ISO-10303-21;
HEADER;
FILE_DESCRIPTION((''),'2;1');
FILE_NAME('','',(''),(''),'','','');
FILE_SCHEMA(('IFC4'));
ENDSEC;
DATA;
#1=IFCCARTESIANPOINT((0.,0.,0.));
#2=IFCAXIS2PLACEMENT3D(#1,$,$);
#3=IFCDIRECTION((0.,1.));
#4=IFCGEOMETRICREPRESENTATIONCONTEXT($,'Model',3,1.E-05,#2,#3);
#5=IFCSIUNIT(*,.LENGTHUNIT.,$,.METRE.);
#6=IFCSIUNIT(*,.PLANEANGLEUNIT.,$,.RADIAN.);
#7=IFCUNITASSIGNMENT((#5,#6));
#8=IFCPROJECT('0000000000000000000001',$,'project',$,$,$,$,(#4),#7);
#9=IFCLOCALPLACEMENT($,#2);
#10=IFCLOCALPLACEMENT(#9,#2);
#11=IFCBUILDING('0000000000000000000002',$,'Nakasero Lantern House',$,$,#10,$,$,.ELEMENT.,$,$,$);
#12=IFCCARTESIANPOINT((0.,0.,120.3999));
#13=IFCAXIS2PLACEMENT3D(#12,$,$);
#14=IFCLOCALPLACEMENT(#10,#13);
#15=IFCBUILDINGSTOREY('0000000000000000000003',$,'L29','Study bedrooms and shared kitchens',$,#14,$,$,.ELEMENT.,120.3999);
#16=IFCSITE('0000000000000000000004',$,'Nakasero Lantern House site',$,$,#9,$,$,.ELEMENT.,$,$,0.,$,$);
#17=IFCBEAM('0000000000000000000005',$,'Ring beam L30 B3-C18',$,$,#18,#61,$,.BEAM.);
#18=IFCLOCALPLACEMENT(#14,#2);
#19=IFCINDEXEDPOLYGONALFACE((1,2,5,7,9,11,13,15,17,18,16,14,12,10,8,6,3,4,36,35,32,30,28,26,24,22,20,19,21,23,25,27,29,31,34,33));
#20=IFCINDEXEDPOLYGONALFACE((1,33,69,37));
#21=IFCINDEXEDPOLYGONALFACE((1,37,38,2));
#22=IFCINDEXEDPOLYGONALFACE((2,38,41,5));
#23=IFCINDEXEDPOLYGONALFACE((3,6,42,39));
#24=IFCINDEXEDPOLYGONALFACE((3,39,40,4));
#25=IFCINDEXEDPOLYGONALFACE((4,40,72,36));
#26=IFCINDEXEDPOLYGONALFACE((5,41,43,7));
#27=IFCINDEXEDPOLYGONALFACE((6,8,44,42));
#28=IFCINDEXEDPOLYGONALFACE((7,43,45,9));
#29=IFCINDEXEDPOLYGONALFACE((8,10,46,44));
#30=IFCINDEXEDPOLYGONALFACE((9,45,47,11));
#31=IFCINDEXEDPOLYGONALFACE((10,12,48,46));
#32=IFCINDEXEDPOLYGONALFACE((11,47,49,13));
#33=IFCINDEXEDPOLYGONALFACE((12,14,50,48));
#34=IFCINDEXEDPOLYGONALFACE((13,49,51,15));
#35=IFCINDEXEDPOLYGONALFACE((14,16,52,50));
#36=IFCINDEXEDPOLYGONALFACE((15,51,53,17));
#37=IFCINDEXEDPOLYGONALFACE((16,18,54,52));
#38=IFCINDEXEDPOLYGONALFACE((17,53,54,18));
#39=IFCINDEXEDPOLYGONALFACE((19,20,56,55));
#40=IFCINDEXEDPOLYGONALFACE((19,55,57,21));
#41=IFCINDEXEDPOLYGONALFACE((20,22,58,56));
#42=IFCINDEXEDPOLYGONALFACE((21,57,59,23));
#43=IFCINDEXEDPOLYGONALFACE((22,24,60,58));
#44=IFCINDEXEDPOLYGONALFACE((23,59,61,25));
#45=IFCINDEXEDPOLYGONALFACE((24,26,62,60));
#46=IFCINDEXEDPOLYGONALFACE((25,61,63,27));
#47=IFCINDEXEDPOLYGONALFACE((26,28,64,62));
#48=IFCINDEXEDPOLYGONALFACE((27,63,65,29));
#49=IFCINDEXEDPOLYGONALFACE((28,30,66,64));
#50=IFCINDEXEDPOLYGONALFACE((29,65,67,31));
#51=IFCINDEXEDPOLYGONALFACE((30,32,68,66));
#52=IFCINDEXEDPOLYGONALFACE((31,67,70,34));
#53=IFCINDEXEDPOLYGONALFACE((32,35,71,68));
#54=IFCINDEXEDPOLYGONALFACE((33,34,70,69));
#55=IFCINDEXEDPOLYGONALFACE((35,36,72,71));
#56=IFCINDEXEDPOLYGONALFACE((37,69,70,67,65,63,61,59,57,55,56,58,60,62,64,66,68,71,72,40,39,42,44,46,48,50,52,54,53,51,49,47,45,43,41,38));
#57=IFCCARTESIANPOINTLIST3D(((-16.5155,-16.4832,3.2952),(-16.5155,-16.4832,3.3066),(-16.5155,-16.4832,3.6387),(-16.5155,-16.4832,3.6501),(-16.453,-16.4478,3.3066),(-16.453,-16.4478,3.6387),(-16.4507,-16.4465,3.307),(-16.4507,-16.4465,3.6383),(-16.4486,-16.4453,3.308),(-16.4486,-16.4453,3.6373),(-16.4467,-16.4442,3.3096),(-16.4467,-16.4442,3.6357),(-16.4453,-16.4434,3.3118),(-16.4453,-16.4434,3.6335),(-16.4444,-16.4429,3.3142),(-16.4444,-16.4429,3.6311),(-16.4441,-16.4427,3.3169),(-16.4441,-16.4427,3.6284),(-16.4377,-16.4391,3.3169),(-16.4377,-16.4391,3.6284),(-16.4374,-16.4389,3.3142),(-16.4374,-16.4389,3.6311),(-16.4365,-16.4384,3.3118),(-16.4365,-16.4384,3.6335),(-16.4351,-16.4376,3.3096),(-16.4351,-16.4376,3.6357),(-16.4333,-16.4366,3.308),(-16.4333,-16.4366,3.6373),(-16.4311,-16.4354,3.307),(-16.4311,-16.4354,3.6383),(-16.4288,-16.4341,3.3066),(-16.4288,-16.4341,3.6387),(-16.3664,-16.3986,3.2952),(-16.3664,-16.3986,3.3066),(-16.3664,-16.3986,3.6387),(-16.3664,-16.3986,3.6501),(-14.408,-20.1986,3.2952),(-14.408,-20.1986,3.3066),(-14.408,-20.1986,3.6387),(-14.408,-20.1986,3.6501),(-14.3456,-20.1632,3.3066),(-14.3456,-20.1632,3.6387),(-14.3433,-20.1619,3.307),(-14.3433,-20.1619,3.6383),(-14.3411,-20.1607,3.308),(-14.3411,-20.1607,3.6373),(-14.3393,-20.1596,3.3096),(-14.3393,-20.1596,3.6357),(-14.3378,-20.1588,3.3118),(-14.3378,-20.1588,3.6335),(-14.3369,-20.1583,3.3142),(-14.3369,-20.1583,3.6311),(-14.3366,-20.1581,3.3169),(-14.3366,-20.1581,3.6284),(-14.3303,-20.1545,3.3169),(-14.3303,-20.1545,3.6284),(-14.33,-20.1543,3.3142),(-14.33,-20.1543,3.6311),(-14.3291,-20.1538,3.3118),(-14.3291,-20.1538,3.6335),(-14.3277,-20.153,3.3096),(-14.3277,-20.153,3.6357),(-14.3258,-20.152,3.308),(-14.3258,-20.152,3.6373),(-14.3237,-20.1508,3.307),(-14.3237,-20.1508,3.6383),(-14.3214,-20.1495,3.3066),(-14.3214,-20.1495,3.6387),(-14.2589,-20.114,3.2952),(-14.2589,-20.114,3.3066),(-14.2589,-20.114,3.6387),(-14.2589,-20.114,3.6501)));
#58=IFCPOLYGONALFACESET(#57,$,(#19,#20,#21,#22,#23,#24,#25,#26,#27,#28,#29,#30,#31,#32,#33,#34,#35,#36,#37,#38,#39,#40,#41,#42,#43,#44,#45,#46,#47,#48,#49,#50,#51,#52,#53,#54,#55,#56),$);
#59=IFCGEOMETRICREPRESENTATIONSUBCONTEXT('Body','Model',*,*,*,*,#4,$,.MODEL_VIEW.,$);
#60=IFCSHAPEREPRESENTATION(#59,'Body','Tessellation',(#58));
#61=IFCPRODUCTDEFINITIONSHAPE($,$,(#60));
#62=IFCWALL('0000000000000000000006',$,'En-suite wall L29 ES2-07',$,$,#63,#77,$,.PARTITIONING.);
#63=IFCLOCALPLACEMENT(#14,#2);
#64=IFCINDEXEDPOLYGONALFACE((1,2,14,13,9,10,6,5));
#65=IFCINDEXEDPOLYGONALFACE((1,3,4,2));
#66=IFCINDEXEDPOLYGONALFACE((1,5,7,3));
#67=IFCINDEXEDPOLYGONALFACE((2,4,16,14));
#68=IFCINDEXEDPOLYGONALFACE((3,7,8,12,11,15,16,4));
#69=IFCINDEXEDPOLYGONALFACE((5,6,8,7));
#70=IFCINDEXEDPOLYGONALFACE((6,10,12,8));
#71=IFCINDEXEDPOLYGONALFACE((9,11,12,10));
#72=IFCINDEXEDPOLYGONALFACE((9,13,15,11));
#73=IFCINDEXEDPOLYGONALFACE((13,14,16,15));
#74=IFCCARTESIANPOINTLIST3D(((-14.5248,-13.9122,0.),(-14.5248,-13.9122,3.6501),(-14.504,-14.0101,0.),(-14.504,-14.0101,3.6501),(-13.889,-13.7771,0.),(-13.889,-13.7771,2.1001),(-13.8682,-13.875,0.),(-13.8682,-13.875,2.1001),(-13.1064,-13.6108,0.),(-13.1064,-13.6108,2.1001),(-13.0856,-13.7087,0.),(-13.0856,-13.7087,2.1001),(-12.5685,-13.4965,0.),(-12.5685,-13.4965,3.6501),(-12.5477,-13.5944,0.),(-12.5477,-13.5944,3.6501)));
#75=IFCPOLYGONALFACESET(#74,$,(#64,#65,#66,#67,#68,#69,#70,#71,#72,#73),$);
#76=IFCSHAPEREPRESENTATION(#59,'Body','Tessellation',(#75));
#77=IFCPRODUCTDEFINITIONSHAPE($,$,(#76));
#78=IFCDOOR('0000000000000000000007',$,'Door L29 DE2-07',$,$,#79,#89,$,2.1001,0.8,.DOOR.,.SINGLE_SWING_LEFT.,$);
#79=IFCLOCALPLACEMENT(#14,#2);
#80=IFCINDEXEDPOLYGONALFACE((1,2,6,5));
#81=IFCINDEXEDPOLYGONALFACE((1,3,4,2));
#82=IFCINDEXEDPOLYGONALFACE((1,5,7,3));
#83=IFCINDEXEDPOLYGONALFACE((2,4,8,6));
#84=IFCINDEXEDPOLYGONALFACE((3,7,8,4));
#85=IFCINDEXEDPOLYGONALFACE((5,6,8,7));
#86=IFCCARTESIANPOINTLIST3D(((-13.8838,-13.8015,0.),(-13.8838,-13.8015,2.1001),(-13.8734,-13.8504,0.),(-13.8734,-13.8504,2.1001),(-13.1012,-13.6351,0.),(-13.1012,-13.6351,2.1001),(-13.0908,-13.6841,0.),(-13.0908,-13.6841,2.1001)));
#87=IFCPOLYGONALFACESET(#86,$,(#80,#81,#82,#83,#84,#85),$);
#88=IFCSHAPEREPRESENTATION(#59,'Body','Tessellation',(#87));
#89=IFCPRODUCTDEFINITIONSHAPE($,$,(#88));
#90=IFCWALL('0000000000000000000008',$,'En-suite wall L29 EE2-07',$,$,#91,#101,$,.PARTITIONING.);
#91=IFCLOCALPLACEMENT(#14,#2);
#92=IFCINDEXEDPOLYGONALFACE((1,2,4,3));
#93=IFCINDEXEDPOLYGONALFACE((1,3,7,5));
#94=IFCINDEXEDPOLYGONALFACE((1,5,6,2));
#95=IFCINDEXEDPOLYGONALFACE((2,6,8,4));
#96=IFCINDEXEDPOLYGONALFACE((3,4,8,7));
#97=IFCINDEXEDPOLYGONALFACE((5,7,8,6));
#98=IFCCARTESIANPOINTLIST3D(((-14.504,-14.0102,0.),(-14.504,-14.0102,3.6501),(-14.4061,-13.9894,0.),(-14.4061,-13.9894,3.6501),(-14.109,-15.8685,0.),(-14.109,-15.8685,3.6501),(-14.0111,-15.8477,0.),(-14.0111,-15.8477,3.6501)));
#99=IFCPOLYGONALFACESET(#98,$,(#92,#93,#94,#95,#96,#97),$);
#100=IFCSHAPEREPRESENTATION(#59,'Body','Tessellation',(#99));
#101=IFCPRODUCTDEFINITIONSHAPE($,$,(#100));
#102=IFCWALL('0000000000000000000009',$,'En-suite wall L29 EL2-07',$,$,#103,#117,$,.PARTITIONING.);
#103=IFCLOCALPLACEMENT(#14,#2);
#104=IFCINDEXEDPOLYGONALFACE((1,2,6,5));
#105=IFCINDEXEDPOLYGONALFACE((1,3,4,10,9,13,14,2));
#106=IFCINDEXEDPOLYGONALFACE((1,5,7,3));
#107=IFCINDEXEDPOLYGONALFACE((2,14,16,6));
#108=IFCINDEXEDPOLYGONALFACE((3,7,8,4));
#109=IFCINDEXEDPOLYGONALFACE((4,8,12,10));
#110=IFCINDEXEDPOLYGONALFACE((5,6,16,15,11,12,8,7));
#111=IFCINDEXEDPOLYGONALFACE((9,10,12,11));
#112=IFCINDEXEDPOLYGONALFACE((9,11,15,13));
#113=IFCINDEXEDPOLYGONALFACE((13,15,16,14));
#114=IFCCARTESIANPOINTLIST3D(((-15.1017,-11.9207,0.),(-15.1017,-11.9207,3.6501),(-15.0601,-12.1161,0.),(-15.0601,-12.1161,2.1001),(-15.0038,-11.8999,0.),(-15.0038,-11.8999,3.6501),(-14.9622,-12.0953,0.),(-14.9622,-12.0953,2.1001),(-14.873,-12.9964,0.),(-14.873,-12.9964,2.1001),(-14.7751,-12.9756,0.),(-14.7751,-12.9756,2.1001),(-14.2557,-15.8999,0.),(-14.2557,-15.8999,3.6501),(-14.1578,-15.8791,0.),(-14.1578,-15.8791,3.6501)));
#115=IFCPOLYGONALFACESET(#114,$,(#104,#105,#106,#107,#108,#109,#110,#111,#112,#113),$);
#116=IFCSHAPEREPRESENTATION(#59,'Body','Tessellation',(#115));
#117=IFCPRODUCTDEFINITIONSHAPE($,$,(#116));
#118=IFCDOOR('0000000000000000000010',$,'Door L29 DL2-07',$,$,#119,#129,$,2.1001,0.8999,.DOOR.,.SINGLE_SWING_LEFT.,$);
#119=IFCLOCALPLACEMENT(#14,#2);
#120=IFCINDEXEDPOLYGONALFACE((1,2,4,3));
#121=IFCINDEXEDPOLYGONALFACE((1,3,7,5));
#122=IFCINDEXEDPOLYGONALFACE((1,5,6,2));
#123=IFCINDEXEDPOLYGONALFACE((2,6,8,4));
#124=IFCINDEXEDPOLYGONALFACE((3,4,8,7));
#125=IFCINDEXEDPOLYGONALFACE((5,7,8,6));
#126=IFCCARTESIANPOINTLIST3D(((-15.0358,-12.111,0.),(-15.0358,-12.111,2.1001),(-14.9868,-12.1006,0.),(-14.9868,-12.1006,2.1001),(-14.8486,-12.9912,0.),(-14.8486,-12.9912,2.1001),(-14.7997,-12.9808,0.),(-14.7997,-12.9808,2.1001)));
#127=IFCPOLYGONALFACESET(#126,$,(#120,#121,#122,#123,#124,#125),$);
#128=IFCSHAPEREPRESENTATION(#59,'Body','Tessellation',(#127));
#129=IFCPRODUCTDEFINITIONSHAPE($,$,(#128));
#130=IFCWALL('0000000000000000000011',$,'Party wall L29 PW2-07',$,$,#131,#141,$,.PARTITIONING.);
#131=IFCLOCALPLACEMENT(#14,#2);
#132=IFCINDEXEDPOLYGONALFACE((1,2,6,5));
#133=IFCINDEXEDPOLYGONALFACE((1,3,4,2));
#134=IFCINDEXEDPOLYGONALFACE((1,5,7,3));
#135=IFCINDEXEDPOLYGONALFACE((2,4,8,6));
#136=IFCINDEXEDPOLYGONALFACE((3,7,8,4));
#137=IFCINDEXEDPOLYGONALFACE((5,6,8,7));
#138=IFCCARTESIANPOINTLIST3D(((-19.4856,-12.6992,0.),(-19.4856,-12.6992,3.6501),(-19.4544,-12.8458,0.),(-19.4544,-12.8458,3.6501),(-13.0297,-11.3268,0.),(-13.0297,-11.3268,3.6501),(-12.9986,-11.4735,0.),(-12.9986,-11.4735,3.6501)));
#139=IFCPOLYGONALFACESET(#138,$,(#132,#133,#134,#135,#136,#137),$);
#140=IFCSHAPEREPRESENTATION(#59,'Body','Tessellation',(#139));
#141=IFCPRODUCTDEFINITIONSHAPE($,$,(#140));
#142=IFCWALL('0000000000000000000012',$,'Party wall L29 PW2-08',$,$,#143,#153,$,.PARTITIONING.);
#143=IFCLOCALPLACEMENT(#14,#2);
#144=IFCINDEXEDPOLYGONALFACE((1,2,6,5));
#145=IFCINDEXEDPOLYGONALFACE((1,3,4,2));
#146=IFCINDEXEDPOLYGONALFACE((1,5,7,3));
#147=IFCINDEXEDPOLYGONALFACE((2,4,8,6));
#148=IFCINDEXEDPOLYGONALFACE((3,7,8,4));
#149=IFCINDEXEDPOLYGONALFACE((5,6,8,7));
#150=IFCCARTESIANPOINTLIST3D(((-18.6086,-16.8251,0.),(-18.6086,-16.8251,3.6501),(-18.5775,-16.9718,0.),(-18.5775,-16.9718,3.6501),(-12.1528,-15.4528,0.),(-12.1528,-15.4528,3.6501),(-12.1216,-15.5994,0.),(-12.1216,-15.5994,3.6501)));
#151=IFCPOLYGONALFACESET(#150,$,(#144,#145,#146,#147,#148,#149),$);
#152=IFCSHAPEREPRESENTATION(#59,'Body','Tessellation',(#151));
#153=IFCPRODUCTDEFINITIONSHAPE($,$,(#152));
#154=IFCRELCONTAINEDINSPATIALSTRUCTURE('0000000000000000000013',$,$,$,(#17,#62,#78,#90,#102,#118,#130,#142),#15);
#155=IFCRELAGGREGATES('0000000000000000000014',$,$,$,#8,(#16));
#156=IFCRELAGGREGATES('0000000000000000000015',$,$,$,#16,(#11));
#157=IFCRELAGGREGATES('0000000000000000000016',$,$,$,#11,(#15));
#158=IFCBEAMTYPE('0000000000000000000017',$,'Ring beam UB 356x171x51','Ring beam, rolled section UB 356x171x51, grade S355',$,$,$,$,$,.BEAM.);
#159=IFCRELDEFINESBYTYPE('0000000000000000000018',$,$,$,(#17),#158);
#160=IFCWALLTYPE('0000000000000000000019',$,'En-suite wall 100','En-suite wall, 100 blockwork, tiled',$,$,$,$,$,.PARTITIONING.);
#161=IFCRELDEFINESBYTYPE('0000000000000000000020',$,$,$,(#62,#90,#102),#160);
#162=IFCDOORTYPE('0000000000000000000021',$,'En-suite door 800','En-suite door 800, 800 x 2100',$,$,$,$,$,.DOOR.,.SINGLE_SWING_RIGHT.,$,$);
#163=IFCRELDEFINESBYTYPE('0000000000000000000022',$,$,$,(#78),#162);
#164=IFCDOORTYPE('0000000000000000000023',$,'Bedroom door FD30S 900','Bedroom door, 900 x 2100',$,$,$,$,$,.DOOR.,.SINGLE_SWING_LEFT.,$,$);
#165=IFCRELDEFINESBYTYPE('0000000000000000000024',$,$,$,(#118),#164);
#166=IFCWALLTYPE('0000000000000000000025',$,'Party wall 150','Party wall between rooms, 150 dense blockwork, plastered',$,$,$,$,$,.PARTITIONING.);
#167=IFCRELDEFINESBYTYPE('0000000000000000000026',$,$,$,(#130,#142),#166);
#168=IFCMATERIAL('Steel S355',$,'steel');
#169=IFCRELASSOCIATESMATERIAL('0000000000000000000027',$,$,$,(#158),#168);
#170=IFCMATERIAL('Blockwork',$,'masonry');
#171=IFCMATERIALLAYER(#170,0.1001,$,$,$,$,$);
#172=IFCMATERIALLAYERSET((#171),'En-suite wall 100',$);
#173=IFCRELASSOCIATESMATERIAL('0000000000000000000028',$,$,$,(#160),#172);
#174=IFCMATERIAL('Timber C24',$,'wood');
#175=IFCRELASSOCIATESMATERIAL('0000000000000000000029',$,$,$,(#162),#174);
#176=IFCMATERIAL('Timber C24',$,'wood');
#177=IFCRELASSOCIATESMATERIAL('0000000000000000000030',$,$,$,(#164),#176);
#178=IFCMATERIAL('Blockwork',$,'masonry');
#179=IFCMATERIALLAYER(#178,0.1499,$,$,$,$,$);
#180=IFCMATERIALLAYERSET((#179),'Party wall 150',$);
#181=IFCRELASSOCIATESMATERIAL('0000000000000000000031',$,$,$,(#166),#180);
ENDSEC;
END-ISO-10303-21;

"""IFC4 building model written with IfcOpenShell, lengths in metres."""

from ifc_helpers import new_model, si_unit, direction, frame, frame_2d, origin, origin_2d, place, context, subcontext, project, spatial, rectangle, i_section, extrude, material, layer, layer_set, material_profile, profile_set, type_object, element, fill, save


model = new_model("IFC4")

# Units and contexts
model_context = context("Model", 3, precision=1e-05, world=origin(), true_north=direction((0.0, 1.0)))
body_context = subcontext(model_context, "Body", "Model", "MODEL_VIEW")
ifc_project = project(units=[si_unit("LENGTHUNIT", "METRE"), si_unit("PLANEANGLEUNIT", "RADIAN")], contexts=[model_context])

# Site, building, storey
site_placement = place(None, origin())
site = spatial("IfcSite", under=ifc_project, at=site_placement, Name="Nakasero Lantern House site", CompositionType="ELEMENT", RefElevation=0.0)
building_placement = place(site_placement, origin())
building = spatial("IfcBuilding", under=site, at=building_placement, Name="Nakasero Lantern House", CompositionType="ELEMENT")
storey_placement = place(building_placement, frame((0.0, 0.0, 120.3999)))
storey = spatial("IfcBuildingStorey", under=building, at=storey_placement, Name="L29", Description="Study bedrooms and shared kitchens", CompositionType="ELEMENT", Elevation=120.3999)

# Beam
ifc_material_1 = material(Name="Steel S355", Category="steel")
ifc_material_profile_1 = material_profile(ifc_material_1, i_section(OverallWidth=0.1714, OverallDepth=0.355, WebThickness=0.0073, FlangeThickness=0.0115, FilletRadius=0.0103, at=origin_2d()), Name="UB 356x171x51")
ifc_profile_set_1 = profile_set([ifc_material_profile_1], Name="Steel S355")
beam_type_1 = type_object("IfcBeamType", Name="Ring beam UB 356x171x51", Description="Ring beam, rolled section UB 356x171x51, grade S355", PredefinedType="BEAM", material=ifc_profile_set_1)
beam_1_placement = place(storey_placement, frame((-16.4409, -16.4409, 3.4727), z_axis=(0.493379, -0.869815, 0.0), x_axis=(0.869815, 0.493379, 0.0)))
element("IfcBeam", 1, at=beam_1_placement, inside=storey, type_object=beam_type_1, Name="Ring beam L30 B3-C18", PredefinedType="BEAM", context=body_context, shape_type="SweptSolid", body=[
    extrude(i_section(OverallWidth=0.1714, OverallDepth=0.355, WebThickness=0.0073, FlangeThickness=0.0115, FilletRadius=0.0103, at=origin_2d()), origin(), (0.0, 0.0, 1.0), 4.2715),
])

# Wall, opening, door
ifc_material_2 = material(Name="Blockwork", Category="masonry")
ifc_layer_1 = layer(ifc_material_2, 0.1001)
ifc_layer_set_1 = layer_set([ifc_layer_1], Name="En-suite wall 100")
wall_type_1 = type_object("IfcWallType", Name="En-suite wall 100", Description="En-suite wall, 100 blockwork, tiled", PredefinedType="PARTITIONING", material=ifc_layer_set_1)
wall_1_placement = place(storey_placement, frame((-12.5581, -13.5454, 0.0), z_axis=(0.0, 0.0, 1.0), x_axis=(-0.978153, -0.207886, 0.0)))
wall_1 = element("IfcWall", 2, at=wall_1_placement, inside=storey, type_object=wall_type_1, Name="En-suite wall L29 ES2-07", PredefinedType="PARTITIONING", context=body_context, shape_type="SweptSolid", body=[
    extrude(rectangle(XDim=2.0, YDim=0.1001, at=frame_2d((1.0, 0.0))), origin(), (0.0, 0.0, 1.0), 3.6501),
])
opening_1_placement = place(wall_1_placement, frame((0.55, 0.0, 0.0)))
opening_1 = element("IfcOpeningElement", 3, at=opening_1_placement, cuts=wall_1, PredefinedType="OPENING", context=body_context, shape_type="SweptSolid", body=[
    extrude(rectangle(XDim=0.8, YDim=2.1001, at=frame_2d((0.3999, 1.05))), frame((0.0, 0.0701, 0.0), z_axis=(0.0, -1.0, 0.0), x_axis=(1.0, 0.0, 0.0)), (0.0, 0.0, 1.0), 0.1401),
])
ifc_material_3 = material(Name="Timber C24", Category="wood")
door_type_1 = type_object("IfcDoorType", Name="En-suite door 800", Description="En-suite door 800, 800 x 2100", OperationType="SINGLE_SWING_RIGHT", PredefinedType="DOOR", material=ifc_material_3)
door_1_placement = place(opening_1_placement, origin())
door_1 = element("IfcDoor", 4, at=door_1_placement, inside=storey, type_object=door_type_1, Name="Door L29 DE2-07", OperationType="SINGLE_SWING_LEFT", OverallHeight=2.1001, OverallWidth=0.8, PredefinedType="DOOR", context=body_context, shape_type="SweptSolid", body=[
    extrude(rectangle(XDim=0.8, YDim=2.1001, at=frame_2d((0.3999, 1.05))), frame((0.0, 0.0249, 0.0), z_axis=(0.0, -1.0, 0.0), x_axis=(1.0, 0.0, 0.0)), (0.0, 0.0, 1.0), 0.05),
])
fill(opening_1, door_1)

# Wall
wall_2_placement = place(storey_placement, frame((-14.4551, -13.9998, 0.0), z_axis=(0.0, 0.0, 1.0), x_axis=(0.207914, -0.978147, 0.0)))
element("IfcWall", 5, at=wall_2_placement, inside=storey, type_object=wall_type_1, Name="En-suite wall L29 EE2-07", PredefinedType="PARTITIONING", context=body_context, shape_type="SweptSolid", body=[
    extrude(rectangle(XDim=1.8999, YDim=0.1001, at=frame_2d((0.95, 0.0))), origin(), (0.0, 0.0, 1.0), 3.6501),
])

# Wall, opening, door
wall_3_placement = place(storey_placement, frame((-15.0527, -11.9102, 0.0), z_axis=(0.0, 0.0, 1.0), x_axis=(0.207943, -0.978141, 0.0)))
wall_3 = element("IfcWall", 6, at=wall_3_placement, inside=storey, type_object=wall_type_1, Name="En-suite wall L29 EL2-07", PredefinedType="PARTITIONING", context=body_context, shape_type="SweptSolid", body=[
    extrude(rectangle(XDim=4.0681, YDim=0.1001, at=frame_2d((2.0342, 0.0))), origin(), (0.0, 0.0, 1.0), 3.6501),
])
opening_2_placement = place(wall_3_placement, frame((0.2, 0.0, 0.0)))
opening_2 = element("IfcOpeningElement", 7, at=opening_2_placement, cuts=wall_3, PredefinedType="OPENING", context=body_context, shape_type="SweptSolid", body=[
    extrude(rectangle(XDim=0.8999, YDim=2.1001, at=frame_2d((0.45, 1.05))), frame((0.0, 0.0701, 0.0), z_axis=(0.0, -1.0, 0.0), x_axis=(1.0, 0.0, 0.0)), (0.0, 0.0, 1.0), 0.1401),
])
ifc_material_4 = material(Name="Timber C24", Category="wood")
door_type_2 = type_object("IfcDoorType", Name="Bedroom door FD30S 900", Description="Bedroom door, 900 x 2100", OperationType="SINGLE_SWING_LEFT", PredefinedType="DOOR", material=ifc_material_4)
door_2_placement = place(opening_2_placement, origin())
door_2 = element("IfcDoor", 8, at=door_2_placement, inside=storey, type_object=door_type_2, Name="Door L29 DL2-07", OperationType="SINGLE_SWING_LEFT", OverallHeight=2.1001, OverallWidth=0.8999, PredefinedType="DOOR", context=body_context, shape_type="SweptSolid", body=[
    extrude(rectangle(XDim=0.8999, YDim=2.1001, at=frame_2d((0.45, 1.05))), frame((0.0, 0.0249, 0.0), z_axis=(0.0, -1.0, 0.0), x_axis=(1.0, 0.0, 0.0)), (0.0, 0.0, 1.0), 0.05),
])
fill(opening_2, door_2)

# Walls
ifc_material_5 = material(Name="Blockwork", Category="masonry")
ifc_layer_2 = layer(ifc_material_5, 0.1499)
ifc_layer_set_2 = layer_set([ifc_layer_2], Name="Party wall 150")
wall_type_2 = type_object("IfcWallType", Name="Party wall 150", Description="Party wall between rooms, 150 dense blockwork, plastered", PredefinedType="PARTITIONING", material=ifc_layer_set_2)
for number, where, z_axis, x_axis, name in (
    (9, (-13.0142, -11.4001, 0.0), (0.0, 0.0, 1.0), (-0.978145, -0.207925, 0.0), "Party wall L29 PW2-07"),
    (10, (-12.1372, -15.5261, 0.0), (0.0, 0.0, 1.0), (-0.978145, -0.207925, 0.0), "Party wall L29 PW2-08"),
):
    element("IfcWall", number, at=place(storey_placement, frame(where, z_axis=z_axis, x_axis=x_axis)), inside=storey, type_object=wall_type_2, Name=name, PredefinedType="PARTITIONING", context=body_context, shape_type="SweptSolid", body=[
        extrude(rectangle(XDim=6.6001, YDim=0.1499, at=frame_2d((3.3, 0.0))), origin(), (0.0, 0.0, 1.0), 3.6501),
    ])

save(model, "model.ifc")
